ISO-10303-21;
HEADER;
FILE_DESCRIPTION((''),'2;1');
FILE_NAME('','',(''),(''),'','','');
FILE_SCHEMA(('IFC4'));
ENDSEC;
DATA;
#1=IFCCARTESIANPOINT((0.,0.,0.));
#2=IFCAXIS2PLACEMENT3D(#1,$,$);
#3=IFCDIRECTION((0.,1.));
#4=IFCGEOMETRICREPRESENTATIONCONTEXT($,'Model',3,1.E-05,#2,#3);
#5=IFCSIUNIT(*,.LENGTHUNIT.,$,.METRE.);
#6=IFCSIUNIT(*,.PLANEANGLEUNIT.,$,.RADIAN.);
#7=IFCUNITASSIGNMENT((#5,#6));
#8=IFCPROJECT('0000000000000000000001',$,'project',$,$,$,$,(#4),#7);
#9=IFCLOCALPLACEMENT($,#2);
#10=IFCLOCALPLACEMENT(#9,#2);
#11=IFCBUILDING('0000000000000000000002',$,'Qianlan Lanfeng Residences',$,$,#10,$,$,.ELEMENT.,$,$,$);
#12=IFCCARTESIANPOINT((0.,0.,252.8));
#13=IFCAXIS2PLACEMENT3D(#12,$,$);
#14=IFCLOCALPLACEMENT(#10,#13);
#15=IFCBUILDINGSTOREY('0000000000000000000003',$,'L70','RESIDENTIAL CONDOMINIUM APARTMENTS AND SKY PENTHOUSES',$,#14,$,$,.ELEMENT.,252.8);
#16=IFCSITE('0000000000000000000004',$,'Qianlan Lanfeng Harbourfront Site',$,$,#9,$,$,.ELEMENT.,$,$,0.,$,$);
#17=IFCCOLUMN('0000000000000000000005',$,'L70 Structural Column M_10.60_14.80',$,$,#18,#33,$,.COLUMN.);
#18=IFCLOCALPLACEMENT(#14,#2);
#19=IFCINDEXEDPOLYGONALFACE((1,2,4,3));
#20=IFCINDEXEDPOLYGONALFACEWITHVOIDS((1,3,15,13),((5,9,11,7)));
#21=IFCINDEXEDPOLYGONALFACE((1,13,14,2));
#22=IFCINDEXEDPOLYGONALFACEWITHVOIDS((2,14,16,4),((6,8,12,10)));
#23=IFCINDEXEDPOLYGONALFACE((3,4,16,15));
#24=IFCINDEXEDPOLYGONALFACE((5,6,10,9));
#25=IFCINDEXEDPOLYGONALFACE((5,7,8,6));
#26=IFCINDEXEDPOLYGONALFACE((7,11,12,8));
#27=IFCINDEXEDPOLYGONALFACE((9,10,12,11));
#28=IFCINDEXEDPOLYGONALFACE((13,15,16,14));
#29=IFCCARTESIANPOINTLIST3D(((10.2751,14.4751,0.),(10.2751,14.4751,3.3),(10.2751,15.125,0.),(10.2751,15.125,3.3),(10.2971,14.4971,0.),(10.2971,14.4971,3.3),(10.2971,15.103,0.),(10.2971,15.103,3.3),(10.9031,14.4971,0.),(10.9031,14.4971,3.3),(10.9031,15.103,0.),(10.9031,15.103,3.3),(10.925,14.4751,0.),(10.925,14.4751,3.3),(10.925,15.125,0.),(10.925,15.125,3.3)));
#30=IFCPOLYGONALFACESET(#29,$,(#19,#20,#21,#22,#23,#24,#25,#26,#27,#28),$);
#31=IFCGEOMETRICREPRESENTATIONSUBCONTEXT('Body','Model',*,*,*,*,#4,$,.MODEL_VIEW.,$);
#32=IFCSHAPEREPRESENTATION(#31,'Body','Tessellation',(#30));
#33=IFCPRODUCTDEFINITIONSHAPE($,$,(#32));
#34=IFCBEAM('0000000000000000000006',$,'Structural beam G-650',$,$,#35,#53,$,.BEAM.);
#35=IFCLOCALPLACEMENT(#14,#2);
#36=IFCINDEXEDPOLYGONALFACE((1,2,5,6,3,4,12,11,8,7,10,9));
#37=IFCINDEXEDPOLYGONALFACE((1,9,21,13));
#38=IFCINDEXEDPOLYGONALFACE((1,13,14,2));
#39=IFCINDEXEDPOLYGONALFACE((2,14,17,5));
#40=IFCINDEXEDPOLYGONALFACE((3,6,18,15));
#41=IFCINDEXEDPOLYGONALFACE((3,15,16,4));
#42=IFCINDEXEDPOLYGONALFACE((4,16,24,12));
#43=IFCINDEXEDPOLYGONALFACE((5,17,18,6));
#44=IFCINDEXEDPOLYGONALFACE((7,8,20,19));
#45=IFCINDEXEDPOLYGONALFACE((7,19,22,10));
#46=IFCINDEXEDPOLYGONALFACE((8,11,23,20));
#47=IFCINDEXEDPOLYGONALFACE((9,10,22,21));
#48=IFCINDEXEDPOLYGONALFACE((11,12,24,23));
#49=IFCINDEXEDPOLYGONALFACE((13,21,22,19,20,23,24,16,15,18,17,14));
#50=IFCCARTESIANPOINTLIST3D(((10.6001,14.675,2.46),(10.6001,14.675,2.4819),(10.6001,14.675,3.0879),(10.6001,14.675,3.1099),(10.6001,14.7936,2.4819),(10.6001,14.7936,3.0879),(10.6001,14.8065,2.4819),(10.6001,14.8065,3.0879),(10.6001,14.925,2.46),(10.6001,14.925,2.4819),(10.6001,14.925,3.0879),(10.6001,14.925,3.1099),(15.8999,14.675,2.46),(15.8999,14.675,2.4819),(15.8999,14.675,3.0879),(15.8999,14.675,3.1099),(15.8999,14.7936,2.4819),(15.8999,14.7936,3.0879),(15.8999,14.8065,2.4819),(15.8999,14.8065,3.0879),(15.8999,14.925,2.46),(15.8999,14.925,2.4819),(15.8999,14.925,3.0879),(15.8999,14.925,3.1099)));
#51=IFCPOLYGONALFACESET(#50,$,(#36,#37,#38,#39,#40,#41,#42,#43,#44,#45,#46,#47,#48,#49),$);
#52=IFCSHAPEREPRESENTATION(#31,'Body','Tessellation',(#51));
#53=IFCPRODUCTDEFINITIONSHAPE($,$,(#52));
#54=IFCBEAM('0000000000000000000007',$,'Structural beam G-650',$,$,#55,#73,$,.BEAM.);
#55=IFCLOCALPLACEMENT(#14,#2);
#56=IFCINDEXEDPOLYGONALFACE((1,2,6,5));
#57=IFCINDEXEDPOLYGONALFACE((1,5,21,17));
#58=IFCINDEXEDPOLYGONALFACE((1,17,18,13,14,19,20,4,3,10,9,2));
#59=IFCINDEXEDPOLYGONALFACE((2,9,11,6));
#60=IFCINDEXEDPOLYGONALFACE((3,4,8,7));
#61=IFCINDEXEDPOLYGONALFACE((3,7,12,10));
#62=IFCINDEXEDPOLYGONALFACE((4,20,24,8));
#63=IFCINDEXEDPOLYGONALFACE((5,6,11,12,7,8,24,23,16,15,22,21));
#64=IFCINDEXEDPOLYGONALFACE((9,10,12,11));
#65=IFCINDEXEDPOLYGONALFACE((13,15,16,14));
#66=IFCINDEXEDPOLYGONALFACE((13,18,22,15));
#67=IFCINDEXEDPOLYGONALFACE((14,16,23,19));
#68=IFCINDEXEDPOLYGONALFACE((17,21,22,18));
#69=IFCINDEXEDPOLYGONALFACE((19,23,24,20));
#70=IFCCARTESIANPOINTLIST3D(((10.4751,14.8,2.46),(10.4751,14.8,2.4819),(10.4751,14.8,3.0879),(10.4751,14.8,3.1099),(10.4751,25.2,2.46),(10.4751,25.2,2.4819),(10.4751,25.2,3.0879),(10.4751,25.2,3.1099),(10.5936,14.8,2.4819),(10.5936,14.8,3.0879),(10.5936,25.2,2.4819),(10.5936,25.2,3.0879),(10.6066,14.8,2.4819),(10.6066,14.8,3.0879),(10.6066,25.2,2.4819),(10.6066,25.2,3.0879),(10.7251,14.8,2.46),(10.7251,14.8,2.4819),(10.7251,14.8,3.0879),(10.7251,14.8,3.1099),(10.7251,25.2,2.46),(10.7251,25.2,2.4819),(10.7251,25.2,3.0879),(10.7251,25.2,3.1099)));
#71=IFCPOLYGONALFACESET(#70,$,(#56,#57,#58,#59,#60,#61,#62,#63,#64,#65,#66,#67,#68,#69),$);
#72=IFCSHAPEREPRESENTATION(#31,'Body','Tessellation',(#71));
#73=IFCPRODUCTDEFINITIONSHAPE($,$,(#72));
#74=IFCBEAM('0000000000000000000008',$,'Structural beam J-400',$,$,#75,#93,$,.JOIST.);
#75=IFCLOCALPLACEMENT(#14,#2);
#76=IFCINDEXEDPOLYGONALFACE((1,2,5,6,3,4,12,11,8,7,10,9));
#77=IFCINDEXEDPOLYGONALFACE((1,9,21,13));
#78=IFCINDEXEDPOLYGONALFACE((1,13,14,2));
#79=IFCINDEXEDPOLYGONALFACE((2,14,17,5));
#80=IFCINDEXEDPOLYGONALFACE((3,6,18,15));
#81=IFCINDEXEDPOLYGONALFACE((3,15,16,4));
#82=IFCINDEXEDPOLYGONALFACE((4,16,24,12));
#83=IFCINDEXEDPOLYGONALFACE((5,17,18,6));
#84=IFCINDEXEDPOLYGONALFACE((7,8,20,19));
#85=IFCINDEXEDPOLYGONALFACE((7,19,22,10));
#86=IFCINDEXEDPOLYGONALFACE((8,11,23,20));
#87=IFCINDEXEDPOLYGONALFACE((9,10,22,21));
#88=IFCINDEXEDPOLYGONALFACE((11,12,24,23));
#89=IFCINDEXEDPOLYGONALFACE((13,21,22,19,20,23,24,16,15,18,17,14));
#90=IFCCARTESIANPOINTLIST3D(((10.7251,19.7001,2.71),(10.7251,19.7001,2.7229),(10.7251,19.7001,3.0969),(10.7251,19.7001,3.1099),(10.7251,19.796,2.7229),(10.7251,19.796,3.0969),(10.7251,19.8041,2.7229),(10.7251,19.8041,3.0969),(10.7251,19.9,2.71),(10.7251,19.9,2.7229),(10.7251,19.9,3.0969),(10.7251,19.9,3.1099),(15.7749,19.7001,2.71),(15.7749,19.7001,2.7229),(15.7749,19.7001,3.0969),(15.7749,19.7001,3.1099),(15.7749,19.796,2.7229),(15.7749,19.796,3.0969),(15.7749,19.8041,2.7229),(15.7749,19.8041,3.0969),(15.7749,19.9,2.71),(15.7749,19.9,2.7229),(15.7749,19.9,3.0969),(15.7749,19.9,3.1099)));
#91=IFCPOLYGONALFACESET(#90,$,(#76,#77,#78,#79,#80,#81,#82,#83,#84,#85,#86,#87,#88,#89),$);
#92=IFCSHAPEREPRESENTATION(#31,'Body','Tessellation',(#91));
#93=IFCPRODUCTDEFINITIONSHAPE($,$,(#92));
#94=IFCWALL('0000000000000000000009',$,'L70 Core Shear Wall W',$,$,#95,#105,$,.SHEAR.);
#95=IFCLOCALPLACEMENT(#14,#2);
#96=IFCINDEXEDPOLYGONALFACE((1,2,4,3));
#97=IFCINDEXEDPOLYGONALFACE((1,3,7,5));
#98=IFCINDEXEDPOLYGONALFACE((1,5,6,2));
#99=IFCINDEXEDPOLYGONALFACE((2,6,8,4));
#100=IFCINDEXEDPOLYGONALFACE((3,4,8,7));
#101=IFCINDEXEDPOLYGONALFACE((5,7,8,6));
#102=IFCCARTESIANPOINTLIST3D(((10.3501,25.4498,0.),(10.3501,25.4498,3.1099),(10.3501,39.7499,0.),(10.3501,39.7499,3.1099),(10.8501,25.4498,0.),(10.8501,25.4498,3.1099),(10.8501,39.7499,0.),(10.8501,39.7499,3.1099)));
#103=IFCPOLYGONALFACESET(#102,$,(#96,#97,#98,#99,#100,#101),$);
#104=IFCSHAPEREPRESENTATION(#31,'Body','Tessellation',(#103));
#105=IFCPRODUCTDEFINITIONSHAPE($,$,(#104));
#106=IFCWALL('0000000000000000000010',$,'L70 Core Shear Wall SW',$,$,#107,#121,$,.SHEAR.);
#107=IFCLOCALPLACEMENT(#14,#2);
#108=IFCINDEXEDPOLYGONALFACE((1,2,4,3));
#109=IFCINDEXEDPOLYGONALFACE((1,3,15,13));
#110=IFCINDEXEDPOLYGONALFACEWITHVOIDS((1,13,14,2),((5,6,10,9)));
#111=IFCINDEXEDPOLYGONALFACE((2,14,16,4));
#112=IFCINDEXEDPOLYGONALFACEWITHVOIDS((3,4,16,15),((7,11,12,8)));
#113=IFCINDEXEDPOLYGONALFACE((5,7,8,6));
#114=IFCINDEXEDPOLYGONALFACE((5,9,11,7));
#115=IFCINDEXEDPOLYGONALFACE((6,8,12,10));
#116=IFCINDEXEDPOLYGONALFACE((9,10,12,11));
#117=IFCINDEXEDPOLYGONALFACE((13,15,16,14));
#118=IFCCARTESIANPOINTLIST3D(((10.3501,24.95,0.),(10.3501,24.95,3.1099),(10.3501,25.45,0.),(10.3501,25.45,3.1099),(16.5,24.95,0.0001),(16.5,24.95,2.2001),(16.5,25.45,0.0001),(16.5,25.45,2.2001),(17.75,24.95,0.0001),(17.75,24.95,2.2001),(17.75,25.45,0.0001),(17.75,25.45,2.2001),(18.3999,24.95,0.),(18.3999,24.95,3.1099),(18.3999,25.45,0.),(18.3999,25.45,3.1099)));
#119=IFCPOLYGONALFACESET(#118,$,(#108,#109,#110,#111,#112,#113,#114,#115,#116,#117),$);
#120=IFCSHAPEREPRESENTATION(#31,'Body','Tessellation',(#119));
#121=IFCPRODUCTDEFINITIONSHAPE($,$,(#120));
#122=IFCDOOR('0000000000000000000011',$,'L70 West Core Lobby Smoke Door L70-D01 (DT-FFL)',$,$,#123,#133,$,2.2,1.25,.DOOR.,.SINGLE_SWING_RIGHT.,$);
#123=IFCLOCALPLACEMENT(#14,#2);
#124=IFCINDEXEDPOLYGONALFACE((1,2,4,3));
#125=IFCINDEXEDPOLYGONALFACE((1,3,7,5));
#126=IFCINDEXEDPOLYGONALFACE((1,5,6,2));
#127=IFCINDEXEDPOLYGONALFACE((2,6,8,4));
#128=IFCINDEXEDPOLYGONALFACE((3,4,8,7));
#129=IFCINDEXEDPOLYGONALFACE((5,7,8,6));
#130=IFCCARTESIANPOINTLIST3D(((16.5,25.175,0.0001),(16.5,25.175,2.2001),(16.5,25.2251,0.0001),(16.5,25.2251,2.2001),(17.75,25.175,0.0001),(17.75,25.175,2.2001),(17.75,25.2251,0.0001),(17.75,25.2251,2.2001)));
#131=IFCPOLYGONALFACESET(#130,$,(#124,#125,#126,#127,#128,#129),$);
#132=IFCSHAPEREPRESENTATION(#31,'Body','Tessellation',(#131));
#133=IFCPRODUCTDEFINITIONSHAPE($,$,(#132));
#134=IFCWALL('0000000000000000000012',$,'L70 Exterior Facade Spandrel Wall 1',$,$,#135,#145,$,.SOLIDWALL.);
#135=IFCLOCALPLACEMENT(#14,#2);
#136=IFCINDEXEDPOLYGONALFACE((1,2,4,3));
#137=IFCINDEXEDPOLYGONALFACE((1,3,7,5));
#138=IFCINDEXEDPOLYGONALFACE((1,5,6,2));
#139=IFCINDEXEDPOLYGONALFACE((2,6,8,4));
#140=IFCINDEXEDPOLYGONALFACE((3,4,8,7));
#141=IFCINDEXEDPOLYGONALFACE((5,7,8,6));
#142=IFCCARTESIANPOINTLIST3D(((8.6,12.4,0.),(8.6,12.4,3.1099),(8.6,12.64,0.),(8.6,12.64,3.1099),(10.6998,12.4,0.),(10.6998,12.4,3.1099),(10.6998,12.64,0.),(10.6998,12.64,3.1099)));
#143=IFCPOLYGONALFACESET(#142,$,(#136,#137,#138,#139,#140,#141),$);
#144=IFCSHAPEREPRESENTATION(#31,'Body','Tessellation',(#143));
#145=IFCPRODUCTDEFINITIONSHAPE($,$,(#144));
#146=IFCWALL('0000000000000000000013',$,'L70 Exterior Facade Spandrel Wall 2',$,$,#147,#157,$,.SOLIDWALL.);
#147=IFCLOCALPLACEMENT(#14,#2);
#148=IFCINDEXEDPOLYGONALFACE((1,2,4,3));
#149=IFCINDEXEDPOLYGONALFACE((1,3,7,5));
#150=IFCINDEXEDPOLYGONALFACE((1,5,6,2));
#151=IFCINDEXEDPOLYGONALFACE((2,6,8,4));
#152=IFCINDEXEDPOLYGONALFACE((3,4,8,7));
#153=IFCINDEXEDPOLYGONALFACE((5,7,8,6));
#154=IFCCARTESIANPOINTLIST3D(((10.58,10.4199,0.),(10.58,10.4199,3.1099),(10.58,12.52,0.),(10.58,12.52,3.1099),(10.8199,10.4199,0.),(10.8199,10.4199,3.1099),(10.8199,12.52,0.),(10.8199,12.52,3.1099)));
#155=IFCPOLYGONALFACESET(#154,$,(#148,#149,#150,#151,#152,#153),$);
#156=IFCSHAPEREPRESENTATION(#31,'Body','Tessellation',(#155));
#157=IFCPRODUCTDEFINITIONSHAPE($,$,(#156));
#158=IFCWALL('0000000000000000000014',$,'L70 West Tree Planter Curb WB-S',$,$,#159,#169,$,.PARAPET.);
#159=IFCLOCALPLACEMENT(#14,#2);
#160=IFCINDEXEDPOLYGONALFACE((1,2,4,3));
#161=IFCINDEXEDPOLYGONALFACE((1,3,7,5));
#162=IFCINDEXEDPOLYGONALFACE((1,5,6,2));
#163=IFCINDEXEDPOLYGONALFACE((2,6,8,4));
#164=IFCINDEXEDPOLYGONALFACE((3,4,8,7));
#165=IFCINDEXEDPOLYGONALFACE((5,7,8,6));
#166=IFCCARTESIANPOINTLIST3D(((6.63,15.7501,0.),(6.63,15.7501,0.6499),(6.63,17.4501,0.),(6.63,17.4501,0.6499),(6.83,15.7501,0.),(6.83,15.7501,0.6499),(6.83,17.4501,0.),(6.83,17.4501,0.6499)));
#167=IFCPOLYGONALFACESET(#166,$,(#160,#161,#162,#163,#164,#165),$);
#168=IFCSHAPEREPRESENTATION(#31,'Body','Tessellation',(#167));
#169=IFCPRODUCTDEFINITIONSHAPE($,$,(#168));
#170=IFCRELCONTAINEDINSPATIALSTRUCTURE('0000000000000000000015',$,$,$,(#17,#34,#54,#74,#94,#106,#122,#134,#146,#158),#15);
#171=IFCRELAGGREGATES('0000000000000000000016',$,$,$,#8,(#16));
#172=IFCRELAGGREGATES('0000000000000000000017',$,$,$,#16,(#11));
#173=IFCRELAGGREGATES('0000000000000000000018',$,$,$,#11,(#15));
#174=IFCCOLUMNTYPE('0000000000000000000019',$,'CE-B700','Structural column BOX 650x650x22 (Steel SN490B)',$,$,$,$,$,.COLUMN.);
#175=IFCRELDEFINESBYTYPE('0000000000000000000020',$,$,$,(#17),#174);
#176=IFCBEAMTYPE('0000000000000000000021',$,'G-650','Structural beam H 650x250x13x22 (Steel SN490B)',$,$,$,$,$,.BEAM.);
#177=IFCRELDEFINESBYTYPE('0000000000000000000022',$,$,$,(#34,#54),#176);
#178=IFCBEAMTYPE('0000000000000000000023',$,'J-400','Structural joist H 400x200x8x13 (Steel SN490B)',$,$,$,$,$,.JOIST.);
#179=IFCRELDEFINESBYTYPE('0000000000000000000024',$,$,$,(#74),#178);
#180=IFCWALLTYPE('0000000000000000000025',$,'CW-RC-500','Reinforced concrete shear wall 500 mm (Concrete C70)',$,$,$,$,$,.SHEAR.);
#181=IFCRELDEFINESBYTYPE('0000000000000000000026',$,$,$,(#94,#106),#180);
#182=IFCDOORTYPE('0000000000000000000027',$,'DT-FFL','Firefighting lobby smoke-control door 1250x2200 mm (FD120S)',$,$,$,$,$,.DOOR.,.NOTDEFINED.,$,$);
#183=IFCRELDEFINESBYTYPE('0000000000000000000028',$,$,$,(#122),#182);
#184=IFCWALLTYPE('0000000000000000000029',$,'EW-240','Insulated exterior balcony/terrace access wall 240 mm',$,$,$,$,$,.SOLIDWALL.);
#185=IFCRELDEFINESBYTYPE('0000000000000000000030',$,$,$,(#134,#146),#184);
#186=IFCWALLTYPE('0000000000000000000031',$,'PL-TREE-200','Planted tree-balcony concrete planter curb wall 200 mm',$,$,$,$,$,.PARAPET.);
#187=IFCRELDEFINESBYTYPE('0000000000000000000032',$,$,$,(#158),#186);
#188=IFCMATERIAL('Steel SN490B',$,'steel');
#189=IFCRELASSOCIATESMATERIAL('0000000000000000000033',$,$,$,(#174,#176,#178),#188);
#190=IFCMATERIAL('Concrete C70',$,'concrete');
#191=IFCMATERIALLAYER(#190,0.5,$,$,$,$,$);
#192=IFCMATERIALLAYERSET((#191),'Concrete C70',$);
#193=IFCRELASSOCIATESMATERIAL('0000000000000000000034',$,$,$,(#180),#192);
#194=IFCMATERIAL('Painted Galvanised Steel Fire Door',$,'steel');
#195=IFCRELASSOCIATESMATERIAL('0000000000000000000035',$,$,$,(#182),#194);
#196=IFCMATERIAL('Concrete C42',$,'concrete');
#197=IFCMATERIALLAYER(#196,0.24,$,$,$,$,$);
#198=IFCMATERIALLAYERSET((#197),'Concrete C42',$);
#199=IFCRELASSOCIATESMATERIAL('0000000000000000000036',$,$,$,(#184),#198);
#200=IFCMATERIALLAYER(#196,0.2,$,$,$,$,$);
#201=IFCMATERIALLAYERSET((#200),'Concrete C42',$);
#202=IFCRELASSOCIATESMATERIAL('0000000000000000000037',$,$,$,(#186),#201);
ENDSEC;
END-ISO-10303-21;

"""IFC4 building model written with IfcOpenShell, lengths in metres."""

from ifc_helpers import new_model, si_unit, direction, frame, frame_2d, origin, origin_2d, place, context, subcontext, project, spatial, rectangle, hollow_rectangle, i_section, extrude, material, layer, layer_set, material_profile, profile_set, type_object, element, fill, save


model = new_model("IFC4")

# Units and contexts
model_context = context("Model", 3, precision=1e-05, world=origin(), true_north=direction((0.0, 1.0)))
body_context = subcontext(model_context, "Body", "Model", "MODEL_VIEW")
ifc_project = project(units=[si_unit("LENGTHUNIT", "METRE"), si_unit("PLANEANGLEUNIT", "RADIAN")], contexts=[model_context])

# Site, building, storey
site_placement = place(None, origin())
site = spatial("IfcSite", under=ifc_project, at=site_placement, Name="Qianlan Lanfeng Harbourfront Site", CompositionType="ELEMENT", RefElevation=0.0)
building_placement = place(site_placement, origin())
building = spatial("IfcBuilding", under=site, at=building_placement, Name="Qianlan Lanfeng Residences", CompositionType="ELEMENT")
storey_placement = place(building_placement, frame((0.0, 0.0, 252.8)))
storey = spatial("IfcBuildingStorey", under=building, at=storey_placement, Name="L70", Description="RESIDENTIAL CONDOMINIUM APARTMENTS AND SKY PENTHOUSES", CompositionType="ELEMENT", Elevation=252.8)

# Column
ifc_material_1 = material(Name="Steel SN490B", Category="steel")
ifc_material_profile_1 = material_profile(ifc_material_1, hollow_rectangle(XDim=0.6499, YDim=0.6499, WallThickness=0.022, at=origin_2d()), Name="BOX 650x650x22")
ifc_profile_set_1 = profile_set([ifc_material_profile_1], Name="Steel SN490B")
column_type = type_object("IfcColumnType", Name="CE-B700", Description="Structural column BOX 650x650x22 (Steel SN490B)", PredefinedType="COLUMN", material=ifc_profile_set_1)
column_placement = place(storey_placement, frame((10.6001, 14.8, 0.0), z_axis=(0.0, 0.0, 1.0), x_axis=(1.0, 0.0, 0.0)))
element("IfcColumn", 1, at=column_placement, inside=storey, type_object=column_type, Name="L70 Structural Column M_10.60_14.80", PredefinedType="COLUMN", context=body_context, shape_type="SweptSolid", body=[
    extrude(hollow_rectangle(XDim=0.6499, YDim=0.6499, WallThickness=0.022, at=origin_2d()), origin(), (0.0, 0.0, 1.0), 3.3),
])

# Beams
ifc_material_profile_2 = material_profile(ifc_material_1, i_section(OverallWidth=0.25, OverallDepth=0.6499, WebThickness=0.0129, FlangeThickness=0.022, at=origin_2d()), Name="H 650x250x13x22")
ifc_profile_set_2 = profile_set([ifc_material_profile_2], Name="Steel SN490B")
beam_type_1 = type_object("IfcBeamType", Name="G-650", Description="Structural beam H 650x250x13x22 (Steel SN490B)", PredefinedType="BEAM", material=ifc_profile_set_2)
beam_1_placement = place(storey_placement, frame((10.6001, 14.8, 2.7849), z_axis=(1.0, 0.0, 0.0), x_axis=(0.0, 1.0, 0.0)))
element("IfcBeam", 2, at=beam_1_placement, inside=storey, type_object=beam_type_1, Name="Structural beam G-650", PredefinedType="BEAM", context=body_context, shape_type="SweptSolid", body=[
    extrude(i_section(OverallWidth=0.25, OverallDepth=0.6499, WebThickness=0.0129, FlangeThickness=0.022, at=origin_2d()), origin(), (0.0, 0.0, 1.0), 5.2998),
])
beam_2_placement = place(storey_placement, frame((10.6001, 14.8, 2.7849), z_axis=(0.0, 1.0, 0.0), x_axis=(-1.0, 0.0, 0.0)))
element("IfcBeam", 3, at=beam_2_placement, inside=storey, type_object=beam_type_1, Name="Structural beam G-650", PredefinedType="BEAM", context=body_context, shape_type="SweptSolid", body=[
    extrude(i_section(OverallWidth=0.25, OverallDepth=0.6499, WebThickness=0.0129, FlangeThickness=0.022, at=origin_2d()), origin(), (0.0, 0.0, 1.0), 10.3999),
])
ifc_material_profile_3 = material_profile(ifc_material_1, i_section(OverallWidth=0.2, OverallDepth=0.3999, WebThickness=0.0081, FlangeThickness=0.0129, at=origin_2d()), Name="H 400x200x8x13")
ifc_profile_set_3 = profile_set([ifc_material_profile_3], Name="Steel SN490B")
beam_type_2 = type_object("IfcBeamType", Name="J-400", Description="Structural joist H 400x200x8x13 (Steel SN490B)", PredefinedType="JOIST", material=ifc_profile_set_3)
beam_3_placement = place(storey_placement, frame((10.7251, 19.8, 2.9099), z_axis=(1.0, 0.0, 0.0), x_axis=(0.0, 1.0, 0.0)))
element("IfcBeam", 4, at=beam_3_placement, inside=storey, type_object=beam_type_2, Name="Structural beam J-400", PredefinedType="JOIST", context=body_context, shape_type="SweptSolid", body=[
    extrude(i_section(OverallWidth=0.2, OverallDepth=0.3999, WebThickness=0.0081, FlangeThickness=0.0129, at=origin_2d()), origin(), (0.0, 0.0, 1.0), 5.0498),
])

# Wall
ifc_material_2 = material(Name="Concrete C70", Category="concrete")
ifc_layer_1 = layer(ifc_material_2, 0.5)
ifc_layer_set_1 = layer_set([ifc_layer_1], Name="Concrete C70")
wall_type_1 = type_object("IfcWallType", Name="CW-RC-500", Description="Reinforced concrete shear wall 500 mm (Concrete C70)", PredefinedType="SHEAR", material=ifc_layer_set_1)
wall_1_placement = place(storey_placement, frame((10.6001, 25.45, 0.0), z_axis=(0.0, 0.0, 1.0), x_axis=(0.0, 1.0, 0.0)))
element("IfcWall", 5, at=wall_1_placement, inside=storey, type_object=wall_type_1, Name="L70 Core Shear Wall W", PredefinedType="SHEAR", context=body_context, shape_type="SweptSolid", body=[
    extrude(rectangle(XDim=14.3, YDim=0.5, at=frame_2d((7.1499, 0.0))), origin(), (0.0, 0.0, 1.0), 3.1099),
])

# Wall, opening, door
wall_2_placement = place(storey_placement, frame((10.3501, 25.2, 0.0), z_axis=(0.0, 0.0, 1.0), x_axis=(1.0, 0.0, 0.0)))
wall_2 = element("IfcWall", 6, at=wall_2_placement, inside=storey, type_object=wall_type_1, Name="L70 Core Shear Wall SW", PredefinedType="SHEAR", context=body_context, shape_type="SweptSolid", body=[
    extrude(rectangle(XDim=8.0498, YDim=0.5, at=frame_2d((4.0249, 0.0))), origin(), (0.0, 0.0, 1.0), 3.1099),
])
opening_1_placement = place(wall_2_placement, frame((6.1499, 0.0, 0.0)))
opening_1 = element("IfcOpeningElement", 7, at=opening_1_placement, cuts=wall_2, PredefinedType="OPENING", context=body_context, shape_type="SweptSolid", body=[
    extrude(rectangle(XDim=1.25, YDim=2.2, at=frame_2d((0.625, 1.1001))), frame((0.0, 0.26, 0.0), z_axis=(0.0, -1.0, 0.0), x_axis=(1.0, 0.0, 0.0)), (0.0, 0.0, 1.0), 0.52),
])
ifc_material_3 = material(Name="Painted Galvanised Steel Fire Door", Category="steel")
door_type_1 = type_object("IfcDoorType", Name="DT-FFL", Description="Firefighting lobby smoke-control door 1250x2200 mm (FD120S)", OperationType="NOTDEFINED", PredefinedType="DOOR", material=ifc_material_3)
door_1_placement = place(opening_1_placement, frame((1.25, 0.0, 0.0), z_axis=(0.0, 0.0, 1.0), x_axis=(-1.0, 0.0, 0.0)))
door_1 = element("IfcDoor", 8, at=door_1_placement, inside=storey, type_object=door_type_1, Name="L70 West Core Lobby Smoke Door L70-D01 (DT-FFL)", OperationType="SINGLE_SWING_RIGHT", OverallHeight=2.2, OverallWidth=1.25, PredefinedType="DOOR", context=body_context, shape_type="SweptSolid", body=[
    extrude(rectangle(XDim=1.25, YDim=2.2, at=frame_2d((0.625, 1.1001))), frame((0.0, 0.0249, 0.0), z_axis=(0.0, -1.0, 0.0), x_axis=(1.0, 0.0, 0.0)), (0.0, 0.0, 1.0), 0.05),
])
fill(opening_1, door_1)

# Walls
ifc_material_4 = material(Name="Concrete C42", Category="concrete")
ifc_layer_2 = layer(ifc_material_4, 0.24)
ifc_layer_set_2 = layer_set([ifc_layer_2], Name="Concrete C42")
wall_type_2 = type_object("IfcWallType", Name="EW-240", Description="Insulated exterior balcony/terrace access wall 240 mm", PredefinedType="SOLIDWALL", material=ifc_layer_set_2)
wall_3_placement = place(storey_placement, frame((8.6001, 12.52, 0.0), z_axis=(0.0, 0.0, 1.0), x_axis=(1.0, 0.0, 0.0)))
element("IfcWall", 9, at=wall_3_placement, inside=storey, type_object=wall_type_2, Name="L70 Exterior Facade Spandrel Wall 1", PredefinedType="SOLIDWALL", context=body_context, shape_type="SweptSolid", body=[
    extrude(rectangle(XDim=2.0999, YDim=0.24, at=frame_2d((1.0498, 0.0))), origin(), (0.0, 0.0, 1.0), 3.1099),
])
wall_4_placement = place(storey_placement, frame((10.7, 12.52, 0.0), z_axis=(0.0, 0.0, 1.0), x_axis=(0.0, -1.0, 0.0)))
element("IfcWall", 10, at=wall_4_placement, inside=storey, type_object=wall_type_2, Name="L70 Exterior Facade Spandrel Wall 2", PredefinedType="SOLIDWALL", context=body_context, shape_type="SweptSolid", body=[
    extrude(rectangle(XDim=2.1001, YDim=0.24, at=frame_2d((1.05, 0.0))), origin(), (0.0, 0.0, 1.0), 3.1099),
])
ifc_layer_3 = layer(ifc_material_4, 0.2)
ifc_layer_set_3 = layer_set([ifc_layer_3], Name="Concrete C42")
wall_type_3 = type_object("IfcWallType", Name="PL-TREE-200", Description="Planted tree-balcony concrete planter curb wall 200 mm", PredefinedType="PARAPET", material=ifc_layer_set_3)
wall_5_placement = place(storey_placement, frame((6.73, 15.75, 0.0), z_axis=(0.0, 0.0, 1.0), x_axis=(0.0, 1.0, 0.0)))
element("IfcWall", 11, at=wall_5_placement, inside=storey, type_object=wall_type_3, Name="L70 West Tree Planter Curb WB-S", PredefinedType="PARAPET", context=body_context, shape_type="SweptSolid", body=[
    extrude(rectangle(XDim=1.7, YDim=0.2, at=frame_2d((0.8501, 0.0))), origin(), (0.0, 0.0, 1.0), 0.6499),
])

save(model, "model.ifc")
